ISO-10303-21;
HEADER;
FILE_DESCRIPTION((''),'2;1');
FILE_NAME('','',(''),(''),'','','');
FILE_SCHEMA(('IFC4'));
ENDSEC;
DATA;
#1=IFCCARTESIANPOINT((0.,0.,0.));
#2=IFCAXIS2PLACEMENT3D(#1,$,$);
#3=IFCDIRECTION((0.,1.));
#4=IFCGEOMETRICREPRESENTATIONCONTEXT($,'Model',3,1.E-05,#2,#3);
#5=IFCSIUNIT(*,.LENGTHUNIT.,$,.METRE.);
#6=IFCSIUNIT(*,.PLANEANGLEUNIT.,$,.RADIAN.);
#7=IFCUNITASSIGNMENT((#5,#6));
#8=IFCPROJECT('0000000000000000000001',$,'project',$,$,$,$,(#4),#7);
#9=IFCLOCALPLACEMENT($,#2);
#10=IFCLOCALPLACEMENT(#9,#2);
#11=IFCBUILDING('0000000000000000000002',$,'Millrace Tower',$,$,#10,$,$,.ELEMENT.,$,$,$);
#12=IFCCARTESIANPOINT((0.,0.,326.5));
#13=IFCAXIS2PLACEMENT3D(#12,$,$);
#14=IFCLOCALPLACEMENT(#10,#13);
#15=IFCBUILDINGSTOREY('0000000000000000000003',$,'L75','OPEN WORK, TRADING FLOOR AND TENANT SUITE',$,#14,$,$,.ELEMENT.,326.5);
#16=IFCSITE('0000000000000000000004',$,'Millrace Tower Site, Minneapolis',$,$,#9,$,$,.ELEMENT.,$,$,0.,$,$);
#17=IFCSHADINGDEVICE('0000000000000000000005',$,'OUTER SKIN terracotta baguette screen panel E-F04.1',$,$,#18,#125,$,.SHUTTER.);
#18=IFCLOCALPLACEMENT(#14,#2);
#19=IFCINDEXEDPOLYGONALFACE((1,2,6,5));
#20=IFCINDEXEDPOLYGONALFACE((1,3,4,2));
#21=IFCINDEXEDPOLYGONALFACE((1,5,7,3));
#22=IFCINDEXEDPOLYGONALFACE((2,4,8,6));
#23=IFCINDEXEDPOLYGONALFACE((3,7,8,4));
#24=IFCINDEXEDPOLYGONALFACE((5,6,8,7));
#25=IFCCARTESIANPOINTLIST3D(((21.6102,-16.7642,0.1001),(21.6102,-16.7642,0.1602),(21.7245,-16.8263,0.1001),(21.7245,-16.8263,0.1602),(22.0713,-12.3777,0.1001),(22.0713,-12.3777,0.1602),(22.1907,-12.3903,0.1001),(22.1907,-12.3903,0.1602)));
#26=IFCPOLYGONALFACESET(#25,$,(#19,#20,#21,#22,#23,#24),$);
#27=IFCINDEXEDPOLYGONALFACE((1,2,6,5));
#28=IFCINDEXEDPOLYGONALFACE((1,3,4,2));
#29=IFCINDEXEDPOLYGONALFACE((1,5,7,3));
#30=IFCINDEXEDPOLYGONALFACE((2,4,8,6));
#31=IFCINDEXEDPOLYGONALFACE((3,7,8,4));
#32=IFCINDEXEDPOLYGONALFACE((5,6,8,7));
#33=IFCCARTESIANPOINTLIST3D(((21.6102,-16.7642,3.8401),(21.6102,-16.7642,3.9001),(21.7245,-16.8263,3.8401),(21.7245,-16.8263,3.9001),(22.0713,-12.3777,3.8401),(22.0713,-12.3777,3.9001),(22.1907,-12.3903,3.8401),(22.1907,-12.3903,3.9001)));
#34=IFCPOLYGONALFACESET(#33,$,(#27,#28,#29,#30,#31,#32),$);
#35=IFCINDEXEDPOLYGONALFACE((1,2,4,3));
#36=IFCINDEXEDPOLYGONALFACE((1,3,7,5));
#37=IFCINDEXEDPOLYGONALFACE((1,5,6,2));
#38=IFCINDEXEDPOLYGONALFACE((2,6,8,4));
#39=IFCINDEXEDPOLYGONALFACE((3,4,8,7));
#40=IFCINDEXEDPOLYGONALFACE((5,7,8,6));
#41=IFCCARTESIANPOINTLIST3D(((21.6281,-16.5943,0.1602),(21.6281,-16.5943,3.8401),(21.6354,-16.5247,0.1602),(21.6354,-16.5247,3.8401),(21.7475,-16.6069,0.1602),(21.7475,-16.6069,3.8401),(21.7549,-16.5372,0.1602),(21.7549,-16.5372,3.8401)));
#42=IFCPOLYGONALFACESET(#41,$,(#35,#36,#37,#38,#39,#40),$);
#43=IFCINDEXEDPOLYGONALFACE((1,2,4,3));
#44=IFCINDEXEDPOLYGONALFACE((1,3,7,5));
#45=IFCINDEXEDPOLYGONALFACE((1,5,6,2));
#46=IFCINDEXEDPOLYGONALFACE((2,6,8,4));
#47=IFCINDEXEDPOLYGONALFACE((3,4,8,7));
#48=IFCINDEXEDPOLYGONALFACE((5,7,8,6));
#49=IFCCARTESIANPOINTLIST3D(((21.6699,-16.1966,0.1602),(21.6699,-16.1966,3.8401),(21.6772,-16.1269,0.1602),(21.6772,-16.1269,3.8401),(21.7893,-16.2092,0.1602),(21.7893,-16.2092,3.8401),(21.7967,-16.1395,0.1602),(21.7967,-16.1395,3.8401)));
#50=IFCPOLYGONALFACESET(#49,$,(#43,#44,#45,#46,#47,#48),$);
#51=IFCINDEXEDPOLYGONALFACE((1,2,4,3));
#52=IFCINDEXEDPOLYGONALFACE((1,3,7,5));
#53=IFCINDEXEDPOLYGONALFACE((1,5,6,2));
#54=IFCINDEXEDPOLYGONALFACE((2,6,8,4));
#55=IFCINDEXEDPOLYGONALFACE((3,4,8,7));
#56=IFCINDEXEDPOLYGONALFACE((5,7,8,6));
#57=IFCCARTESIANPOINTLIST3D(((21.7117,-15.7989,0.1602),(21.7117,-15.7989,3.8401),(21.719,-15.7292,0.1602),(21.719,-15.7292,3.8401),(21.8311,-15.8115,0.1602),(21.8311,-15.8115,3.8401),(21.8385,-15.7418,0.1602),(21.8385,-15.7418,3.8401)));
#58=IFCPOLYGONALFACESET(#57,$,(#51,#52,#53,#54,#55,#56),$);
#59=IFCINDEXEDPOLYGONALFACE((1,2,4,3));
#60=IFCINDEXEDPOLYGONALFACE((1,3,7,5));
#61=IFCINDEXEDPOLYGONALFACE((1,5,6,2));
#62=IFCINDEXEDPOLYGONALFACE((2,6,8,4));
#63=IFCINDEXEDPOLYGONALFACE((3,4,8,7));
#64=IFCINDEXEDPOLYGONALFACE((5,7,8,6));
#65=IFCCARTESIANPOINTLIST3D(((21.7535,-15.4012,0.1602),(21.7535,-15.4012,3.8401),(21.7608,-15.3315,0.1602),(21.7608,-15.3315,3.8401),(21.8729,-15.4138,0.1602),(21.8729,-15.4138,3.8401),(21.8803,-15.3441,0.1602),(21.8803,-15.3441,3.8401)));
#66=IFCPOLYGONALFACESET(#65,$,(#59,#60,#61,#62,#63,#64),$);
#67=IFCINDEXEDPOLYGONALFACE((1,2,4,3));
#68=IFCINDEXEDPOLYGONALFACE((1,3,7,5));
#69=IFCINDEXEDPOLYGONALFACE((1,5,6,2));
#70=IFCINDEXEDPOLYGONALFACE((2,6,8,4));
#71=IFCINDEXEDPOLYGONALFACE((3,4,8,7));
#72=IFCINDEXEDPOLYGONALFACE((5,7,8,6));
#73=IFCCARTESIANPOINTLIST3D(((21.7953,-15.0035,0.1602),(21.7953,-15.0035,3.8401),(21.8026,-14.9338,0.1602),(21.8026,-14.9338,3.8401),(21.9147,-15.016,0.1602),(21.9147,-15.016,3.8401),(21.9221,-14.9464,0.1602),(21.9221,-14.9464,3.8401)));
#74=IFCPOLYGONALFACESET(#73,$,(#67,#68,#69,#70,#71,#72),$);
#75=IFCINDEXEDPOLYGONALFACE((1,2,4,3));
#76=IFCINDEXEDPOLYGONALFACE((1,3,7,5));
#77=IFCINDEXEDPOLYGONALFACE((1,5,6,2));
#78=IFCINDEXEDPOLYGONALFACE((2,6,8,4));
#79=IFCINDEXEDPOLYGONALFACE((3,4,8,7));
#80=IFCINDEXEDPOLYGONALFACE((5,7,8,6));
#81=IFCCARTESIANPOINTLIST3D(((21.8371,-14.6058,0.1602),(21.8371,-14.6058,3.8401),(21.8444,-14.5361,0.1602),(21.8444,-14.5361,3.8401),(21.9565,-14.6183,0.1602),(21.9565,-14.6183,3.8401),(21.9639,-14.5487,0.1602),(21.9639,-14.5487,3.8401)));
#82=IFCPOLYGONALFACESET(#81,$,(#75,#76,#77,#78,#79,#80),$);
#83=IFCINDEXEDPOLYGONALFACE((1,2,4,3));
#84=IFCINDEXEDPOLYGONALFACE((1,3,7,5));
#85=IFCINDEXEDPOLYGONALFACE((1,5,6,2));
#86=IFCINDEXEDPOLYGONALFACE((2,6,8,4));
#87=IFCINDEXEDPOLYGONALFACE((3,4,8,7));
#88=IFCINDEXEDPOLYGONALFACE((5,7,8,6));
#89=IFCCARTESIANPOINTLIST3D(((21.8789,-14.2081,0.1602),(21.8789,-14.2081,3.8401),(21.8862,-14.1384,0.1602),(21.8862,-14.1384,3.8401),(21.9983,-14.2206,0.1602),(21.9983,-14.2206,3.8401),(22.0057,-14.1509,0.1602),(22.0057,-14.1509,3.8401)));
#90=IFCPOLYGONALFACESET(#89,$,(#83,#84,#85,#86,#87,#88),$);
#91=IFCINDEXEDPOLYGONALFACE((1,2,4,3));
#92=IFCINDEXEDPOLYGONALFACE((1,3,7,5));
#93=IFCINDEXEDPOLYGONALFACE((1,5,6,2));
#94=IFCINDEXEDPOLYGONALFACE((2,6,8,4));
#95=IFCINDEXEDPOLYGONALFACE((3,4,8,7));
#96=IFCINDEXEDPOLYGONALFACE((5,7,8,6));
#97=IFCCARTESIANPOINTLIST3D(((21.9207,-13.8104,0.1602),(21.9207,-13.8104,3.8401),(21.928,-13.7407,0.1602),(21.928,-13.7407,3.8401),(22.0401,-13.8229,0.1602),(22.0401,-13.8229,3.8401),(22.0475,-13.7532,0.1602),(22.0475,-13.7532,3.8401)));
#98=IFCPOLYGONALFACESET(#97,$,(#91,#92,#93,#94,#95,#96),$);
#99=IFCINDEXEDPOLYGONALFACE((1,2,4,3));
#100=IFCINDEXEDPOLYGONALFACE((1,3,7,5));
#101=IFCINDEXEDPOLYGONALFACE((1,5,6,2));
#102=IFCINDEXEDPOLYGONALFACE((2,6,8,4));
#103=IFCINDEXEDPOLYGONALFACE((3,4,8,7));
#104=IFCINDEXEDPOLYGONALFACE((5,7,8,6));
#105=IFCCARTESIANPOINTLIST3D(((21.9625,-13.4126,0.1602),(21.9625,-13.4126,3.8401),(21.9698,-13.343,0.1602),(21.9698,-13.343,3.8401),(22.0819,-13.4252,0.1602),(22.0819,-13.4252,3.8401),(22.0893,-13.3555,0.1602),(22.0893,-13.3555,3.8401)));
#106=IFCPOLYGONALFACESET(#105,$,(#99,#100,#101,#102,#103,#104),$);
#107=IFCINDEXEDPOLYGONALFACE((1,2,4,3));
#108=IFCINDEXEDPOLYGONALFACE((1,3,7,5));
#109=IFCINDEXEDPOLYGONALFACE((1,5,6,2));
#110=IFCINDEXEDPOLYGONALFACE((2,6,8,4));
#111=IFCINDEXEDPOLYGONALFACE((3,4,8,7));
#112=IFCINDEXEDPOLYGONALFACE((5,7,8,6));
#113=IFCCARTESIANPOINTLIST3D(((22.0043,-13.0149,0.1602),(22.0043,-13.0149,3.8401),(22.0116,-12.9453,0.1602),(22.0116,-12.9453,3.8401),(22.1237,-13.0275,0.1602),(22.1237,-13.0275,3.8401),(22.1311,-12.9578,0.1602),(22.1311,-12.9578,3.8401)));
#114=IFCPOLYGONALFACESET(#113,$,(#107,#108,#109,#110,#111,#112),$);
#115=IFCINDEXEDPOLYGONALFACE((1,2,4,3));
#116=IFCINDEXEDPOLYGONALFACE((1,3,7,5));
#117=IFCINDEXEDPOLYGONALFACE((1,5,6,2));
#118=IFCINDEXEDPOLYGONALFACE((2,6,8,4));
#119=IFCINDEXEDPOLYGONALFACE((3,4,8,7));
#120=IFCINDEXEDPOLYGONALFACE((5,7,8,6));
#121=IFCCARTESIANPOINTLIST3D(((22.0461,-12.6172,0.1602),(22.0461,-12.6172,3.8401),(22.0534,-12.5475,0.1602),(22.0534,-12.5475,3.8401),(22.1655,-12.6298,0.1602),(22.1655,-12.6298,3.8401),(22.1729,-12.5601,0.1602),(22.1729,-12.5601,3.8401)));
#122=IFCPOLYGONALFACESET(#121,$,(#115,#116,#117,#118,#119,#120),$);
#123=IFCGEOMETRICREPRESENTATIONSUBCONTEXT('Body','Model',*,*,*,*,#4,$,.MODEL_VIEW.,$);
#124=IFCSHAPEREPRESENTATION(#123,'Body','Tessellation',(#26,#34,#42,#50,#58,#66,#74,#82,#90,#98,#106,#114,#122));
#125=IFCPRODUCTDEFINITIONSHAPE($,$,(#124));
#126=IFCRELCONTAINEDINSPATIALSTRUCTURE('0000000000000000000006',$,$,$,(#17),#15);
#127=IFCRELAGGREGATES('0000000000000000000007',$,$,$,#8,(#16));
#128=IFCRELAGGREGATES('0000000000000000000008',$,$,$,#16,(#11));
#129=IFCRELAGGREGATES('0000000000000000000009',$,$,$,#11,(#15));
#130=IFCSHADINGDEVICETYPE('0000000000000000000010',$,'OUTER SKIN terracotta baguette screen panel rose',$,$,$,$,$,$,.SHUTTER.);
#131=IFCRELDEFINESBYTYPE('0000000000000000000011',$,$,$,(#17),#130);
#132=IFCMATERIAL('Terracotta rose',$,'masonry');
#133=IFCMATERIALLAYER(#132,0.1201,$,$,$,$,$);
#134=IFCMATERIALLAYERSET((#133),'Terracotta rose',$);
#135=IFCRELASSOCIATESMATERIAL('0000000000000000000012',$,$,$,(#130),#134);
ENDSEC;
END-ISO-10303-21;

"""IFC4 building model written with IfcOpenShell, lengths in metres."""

from ifc_helpers import new_model, entity, si_unit, direction, frame, frame_2d, origin, place, context, subcontext, project, spatial, rectangle, extrude, source, transform, mapped, material, layer, layer_set, type_object, element, save


model = new_model("IFC4")

# Units and contexts
model_context = context("Model", 3, precision=1e-05, world=origin(), true_north=direction((0.0, 1.0)))
body_context = subcontext(model_context, "Body", "Model", "MODEL_VIEW")
ifc_project = project(units=[si_unit("LENGTHUNIT", "METRE"), si_unit("PLANEANGLEUNIT", "RADIAN")], contexts=[model_context])

# Site, building, storey
site_placement = place(None, origin())
site = spatial("IfcSite", under=ifc_project, at=site_placement, Name="Millrace Tower Site, Minneapolis", CompositionType="ELEMENT", RefElevation=0.0)
building_placement = place(site_placement, origin())
building = spatial("IfcBuilding", under=site, at=building_placement, Name="Millrace Tower", CompositionType="ELEMENT")
storey_placement = place(building_placement, frame((0.0, 0.0, 326.5)))
storey = spatial("IfcBuildingStorey", under=building, at=storey_placement, Name="L75", Description="OPEN WORK, TRADING FLOOR AND TENANT SUITE", CompositionType="ELEMENT", Elevation=326.5)

# Shading device
ifc_material_1 = material(Name="Terracotta rose", Category="masonry")
ifc_layer_1 = layer(ifc_material_1, 0.1201)
ifc_layer_set_1 = layer_set([ifc_layer_1], Name="Terracotta rose")
shading_device_type = type_object("IfcShadingDeviceType", Name="OUTER SKIN terracotta baguette screen panel rose", PredefinedType="SHUTTER", material=ifc_layer_set_1)
cartesian_point_1 = entity("IfcCartesianPoint", [-2.1929, 0.0601])
shared_polyline_1 = entity("IfcPolyline", [cartesian_point_1, entity("IfcCartesianPoint", [2.2178, 0.0601]), entity("IfcCartesianPoint", [2.2178, -0.0601]), entity("IfcCartesianPoint", [-2.2427, -0.0601]), cartesian_point_1])
shared_shape_1 = source(origin(), body_context, "Body", "SweptSolid", [
    entity("IfcExtrudedAreaSolid", entity("IfcArbitraryClosedProfileDef", "AREA", None, shared_polyline_1), entity("IfcAxis2Placement3D", entity("IfcCartesianPoint", [0.0, 0.0, 0.0])), entity("IfcDirection", [0.0, 0.0, 1.0]), 0.0601),
    entity("IfcExtrudedAreaSolid", entity("IfcArbitraryClosedProfileDef", "AREA", None, shared_polyline_1), entity("IfcAxis2Placement3D", entity("IfcCartesianPoint", [0.0, 0.0, 3.74])), entity("IfcDirection", [0.0, 0.0, 1.0]), 0.0601),
    extrude(rectangle(XDim=0.0701, YDim=0.1201, at=frame_2d((-1.9871, 0.0))), frame((0.0, 0.0, 0.0601)), (0.0, 0.0, 1.0), 3.6799),
    extrude(rectangle(XDim=0.0701, YDim=0.1201, at=frame_2d((-1.5872, 0.0))), frame((0.0, 0.0, 0.0601)), (0.0, 0.0, 1.0), 3.6799),
    extrude(rectangle(XDim=0.0701, YDim=0.1201, at=frame_2d((-1.1873, 0.0))), frame((0.0, 0.0, 0.0601)), (0.0, 0.0, 1.0), 3.6799),
    extrude(rectangle(XDim=0.0701, YDim=0.1201, at=frame_2d((-0.7874, 0.0))), frame((0.0, 0.0, 0.0601)), (0.0, 0.0, 1.0), 3.6799),
    extrude(rectangle(XDim=0.0701, YDim=0.1201, at=frame_2d((-0.3875, 0.0))), frame((0.0, 0.0, 0.0601)), (0.0, 0.0, 1.0), 3.6799),
    extrude(rectangle(XDim=0.0701, YDim=0.1201, at=frame_2d((0.0125, 0.0))), frame((0.0, 0.0, 0.0601)), (0.0, 0.0, 1.0), 3.6799),
    extrude(rectangle(XDim=0.0701, YDim=0.1201, at=frame_2d((0.4124, 0.0))), frame((0.0, 0.0, 0.0601)), (0.0, 0.0, 1.0), 3.6799),
    extrude(rectangle(XDim=0.0701, YDim=0.1201, at=frame_2d((0.8123, 0.0))), frame((0.0, 0.0, 0.0601)), (0.0, 0.0, 1.0), 3.6799),
    extrude(rectangle(XDim=0.0701, YDim=0.1201, at=frame_2d((1.2122, 0.0))), frame((0.0, 0.0, 0.0601)), (0.0, 0.0, 1.0), 3.6799),
    extrude(rectangle(XDim=0.0701, YDim=0.1201, at=frame_2d((1.6121, 0.0))), frame((0.0, 0.0, 0.0601)), (0.0, 0.0, 1.0), 3.6799),
    extrude(rectangle(XDim=0.0701, YDim=0.1201, at=frame_2d((2.012, 0.0))), frame((0.0, 0.0, 0.0601)), (0.0, 0.0, 1.0), 3.6799),
])
shading_device_1_placement = place(storey_placement, frame((21.8992, -14.5896, 0.1001), z_axis=(0.0, 0.0, 1.0), x_axis=(0.104528, 0.994522, 0.0)))
element("IfcShadingDevice", 1, at=shading_device_1_placement, inside=storey, type_object=shading_device_type, Name="OUTER SKIN terracotta baguette screen panel E-F04.1", PredefinedType="SHUTTER", context=body_context, shape_type="MappedRepresentation", body=[
    mapped(shared_shape_1, transform((0.0, 0.0, 0.0), scale=1.0)),
])

save(model, "model.ifc")
